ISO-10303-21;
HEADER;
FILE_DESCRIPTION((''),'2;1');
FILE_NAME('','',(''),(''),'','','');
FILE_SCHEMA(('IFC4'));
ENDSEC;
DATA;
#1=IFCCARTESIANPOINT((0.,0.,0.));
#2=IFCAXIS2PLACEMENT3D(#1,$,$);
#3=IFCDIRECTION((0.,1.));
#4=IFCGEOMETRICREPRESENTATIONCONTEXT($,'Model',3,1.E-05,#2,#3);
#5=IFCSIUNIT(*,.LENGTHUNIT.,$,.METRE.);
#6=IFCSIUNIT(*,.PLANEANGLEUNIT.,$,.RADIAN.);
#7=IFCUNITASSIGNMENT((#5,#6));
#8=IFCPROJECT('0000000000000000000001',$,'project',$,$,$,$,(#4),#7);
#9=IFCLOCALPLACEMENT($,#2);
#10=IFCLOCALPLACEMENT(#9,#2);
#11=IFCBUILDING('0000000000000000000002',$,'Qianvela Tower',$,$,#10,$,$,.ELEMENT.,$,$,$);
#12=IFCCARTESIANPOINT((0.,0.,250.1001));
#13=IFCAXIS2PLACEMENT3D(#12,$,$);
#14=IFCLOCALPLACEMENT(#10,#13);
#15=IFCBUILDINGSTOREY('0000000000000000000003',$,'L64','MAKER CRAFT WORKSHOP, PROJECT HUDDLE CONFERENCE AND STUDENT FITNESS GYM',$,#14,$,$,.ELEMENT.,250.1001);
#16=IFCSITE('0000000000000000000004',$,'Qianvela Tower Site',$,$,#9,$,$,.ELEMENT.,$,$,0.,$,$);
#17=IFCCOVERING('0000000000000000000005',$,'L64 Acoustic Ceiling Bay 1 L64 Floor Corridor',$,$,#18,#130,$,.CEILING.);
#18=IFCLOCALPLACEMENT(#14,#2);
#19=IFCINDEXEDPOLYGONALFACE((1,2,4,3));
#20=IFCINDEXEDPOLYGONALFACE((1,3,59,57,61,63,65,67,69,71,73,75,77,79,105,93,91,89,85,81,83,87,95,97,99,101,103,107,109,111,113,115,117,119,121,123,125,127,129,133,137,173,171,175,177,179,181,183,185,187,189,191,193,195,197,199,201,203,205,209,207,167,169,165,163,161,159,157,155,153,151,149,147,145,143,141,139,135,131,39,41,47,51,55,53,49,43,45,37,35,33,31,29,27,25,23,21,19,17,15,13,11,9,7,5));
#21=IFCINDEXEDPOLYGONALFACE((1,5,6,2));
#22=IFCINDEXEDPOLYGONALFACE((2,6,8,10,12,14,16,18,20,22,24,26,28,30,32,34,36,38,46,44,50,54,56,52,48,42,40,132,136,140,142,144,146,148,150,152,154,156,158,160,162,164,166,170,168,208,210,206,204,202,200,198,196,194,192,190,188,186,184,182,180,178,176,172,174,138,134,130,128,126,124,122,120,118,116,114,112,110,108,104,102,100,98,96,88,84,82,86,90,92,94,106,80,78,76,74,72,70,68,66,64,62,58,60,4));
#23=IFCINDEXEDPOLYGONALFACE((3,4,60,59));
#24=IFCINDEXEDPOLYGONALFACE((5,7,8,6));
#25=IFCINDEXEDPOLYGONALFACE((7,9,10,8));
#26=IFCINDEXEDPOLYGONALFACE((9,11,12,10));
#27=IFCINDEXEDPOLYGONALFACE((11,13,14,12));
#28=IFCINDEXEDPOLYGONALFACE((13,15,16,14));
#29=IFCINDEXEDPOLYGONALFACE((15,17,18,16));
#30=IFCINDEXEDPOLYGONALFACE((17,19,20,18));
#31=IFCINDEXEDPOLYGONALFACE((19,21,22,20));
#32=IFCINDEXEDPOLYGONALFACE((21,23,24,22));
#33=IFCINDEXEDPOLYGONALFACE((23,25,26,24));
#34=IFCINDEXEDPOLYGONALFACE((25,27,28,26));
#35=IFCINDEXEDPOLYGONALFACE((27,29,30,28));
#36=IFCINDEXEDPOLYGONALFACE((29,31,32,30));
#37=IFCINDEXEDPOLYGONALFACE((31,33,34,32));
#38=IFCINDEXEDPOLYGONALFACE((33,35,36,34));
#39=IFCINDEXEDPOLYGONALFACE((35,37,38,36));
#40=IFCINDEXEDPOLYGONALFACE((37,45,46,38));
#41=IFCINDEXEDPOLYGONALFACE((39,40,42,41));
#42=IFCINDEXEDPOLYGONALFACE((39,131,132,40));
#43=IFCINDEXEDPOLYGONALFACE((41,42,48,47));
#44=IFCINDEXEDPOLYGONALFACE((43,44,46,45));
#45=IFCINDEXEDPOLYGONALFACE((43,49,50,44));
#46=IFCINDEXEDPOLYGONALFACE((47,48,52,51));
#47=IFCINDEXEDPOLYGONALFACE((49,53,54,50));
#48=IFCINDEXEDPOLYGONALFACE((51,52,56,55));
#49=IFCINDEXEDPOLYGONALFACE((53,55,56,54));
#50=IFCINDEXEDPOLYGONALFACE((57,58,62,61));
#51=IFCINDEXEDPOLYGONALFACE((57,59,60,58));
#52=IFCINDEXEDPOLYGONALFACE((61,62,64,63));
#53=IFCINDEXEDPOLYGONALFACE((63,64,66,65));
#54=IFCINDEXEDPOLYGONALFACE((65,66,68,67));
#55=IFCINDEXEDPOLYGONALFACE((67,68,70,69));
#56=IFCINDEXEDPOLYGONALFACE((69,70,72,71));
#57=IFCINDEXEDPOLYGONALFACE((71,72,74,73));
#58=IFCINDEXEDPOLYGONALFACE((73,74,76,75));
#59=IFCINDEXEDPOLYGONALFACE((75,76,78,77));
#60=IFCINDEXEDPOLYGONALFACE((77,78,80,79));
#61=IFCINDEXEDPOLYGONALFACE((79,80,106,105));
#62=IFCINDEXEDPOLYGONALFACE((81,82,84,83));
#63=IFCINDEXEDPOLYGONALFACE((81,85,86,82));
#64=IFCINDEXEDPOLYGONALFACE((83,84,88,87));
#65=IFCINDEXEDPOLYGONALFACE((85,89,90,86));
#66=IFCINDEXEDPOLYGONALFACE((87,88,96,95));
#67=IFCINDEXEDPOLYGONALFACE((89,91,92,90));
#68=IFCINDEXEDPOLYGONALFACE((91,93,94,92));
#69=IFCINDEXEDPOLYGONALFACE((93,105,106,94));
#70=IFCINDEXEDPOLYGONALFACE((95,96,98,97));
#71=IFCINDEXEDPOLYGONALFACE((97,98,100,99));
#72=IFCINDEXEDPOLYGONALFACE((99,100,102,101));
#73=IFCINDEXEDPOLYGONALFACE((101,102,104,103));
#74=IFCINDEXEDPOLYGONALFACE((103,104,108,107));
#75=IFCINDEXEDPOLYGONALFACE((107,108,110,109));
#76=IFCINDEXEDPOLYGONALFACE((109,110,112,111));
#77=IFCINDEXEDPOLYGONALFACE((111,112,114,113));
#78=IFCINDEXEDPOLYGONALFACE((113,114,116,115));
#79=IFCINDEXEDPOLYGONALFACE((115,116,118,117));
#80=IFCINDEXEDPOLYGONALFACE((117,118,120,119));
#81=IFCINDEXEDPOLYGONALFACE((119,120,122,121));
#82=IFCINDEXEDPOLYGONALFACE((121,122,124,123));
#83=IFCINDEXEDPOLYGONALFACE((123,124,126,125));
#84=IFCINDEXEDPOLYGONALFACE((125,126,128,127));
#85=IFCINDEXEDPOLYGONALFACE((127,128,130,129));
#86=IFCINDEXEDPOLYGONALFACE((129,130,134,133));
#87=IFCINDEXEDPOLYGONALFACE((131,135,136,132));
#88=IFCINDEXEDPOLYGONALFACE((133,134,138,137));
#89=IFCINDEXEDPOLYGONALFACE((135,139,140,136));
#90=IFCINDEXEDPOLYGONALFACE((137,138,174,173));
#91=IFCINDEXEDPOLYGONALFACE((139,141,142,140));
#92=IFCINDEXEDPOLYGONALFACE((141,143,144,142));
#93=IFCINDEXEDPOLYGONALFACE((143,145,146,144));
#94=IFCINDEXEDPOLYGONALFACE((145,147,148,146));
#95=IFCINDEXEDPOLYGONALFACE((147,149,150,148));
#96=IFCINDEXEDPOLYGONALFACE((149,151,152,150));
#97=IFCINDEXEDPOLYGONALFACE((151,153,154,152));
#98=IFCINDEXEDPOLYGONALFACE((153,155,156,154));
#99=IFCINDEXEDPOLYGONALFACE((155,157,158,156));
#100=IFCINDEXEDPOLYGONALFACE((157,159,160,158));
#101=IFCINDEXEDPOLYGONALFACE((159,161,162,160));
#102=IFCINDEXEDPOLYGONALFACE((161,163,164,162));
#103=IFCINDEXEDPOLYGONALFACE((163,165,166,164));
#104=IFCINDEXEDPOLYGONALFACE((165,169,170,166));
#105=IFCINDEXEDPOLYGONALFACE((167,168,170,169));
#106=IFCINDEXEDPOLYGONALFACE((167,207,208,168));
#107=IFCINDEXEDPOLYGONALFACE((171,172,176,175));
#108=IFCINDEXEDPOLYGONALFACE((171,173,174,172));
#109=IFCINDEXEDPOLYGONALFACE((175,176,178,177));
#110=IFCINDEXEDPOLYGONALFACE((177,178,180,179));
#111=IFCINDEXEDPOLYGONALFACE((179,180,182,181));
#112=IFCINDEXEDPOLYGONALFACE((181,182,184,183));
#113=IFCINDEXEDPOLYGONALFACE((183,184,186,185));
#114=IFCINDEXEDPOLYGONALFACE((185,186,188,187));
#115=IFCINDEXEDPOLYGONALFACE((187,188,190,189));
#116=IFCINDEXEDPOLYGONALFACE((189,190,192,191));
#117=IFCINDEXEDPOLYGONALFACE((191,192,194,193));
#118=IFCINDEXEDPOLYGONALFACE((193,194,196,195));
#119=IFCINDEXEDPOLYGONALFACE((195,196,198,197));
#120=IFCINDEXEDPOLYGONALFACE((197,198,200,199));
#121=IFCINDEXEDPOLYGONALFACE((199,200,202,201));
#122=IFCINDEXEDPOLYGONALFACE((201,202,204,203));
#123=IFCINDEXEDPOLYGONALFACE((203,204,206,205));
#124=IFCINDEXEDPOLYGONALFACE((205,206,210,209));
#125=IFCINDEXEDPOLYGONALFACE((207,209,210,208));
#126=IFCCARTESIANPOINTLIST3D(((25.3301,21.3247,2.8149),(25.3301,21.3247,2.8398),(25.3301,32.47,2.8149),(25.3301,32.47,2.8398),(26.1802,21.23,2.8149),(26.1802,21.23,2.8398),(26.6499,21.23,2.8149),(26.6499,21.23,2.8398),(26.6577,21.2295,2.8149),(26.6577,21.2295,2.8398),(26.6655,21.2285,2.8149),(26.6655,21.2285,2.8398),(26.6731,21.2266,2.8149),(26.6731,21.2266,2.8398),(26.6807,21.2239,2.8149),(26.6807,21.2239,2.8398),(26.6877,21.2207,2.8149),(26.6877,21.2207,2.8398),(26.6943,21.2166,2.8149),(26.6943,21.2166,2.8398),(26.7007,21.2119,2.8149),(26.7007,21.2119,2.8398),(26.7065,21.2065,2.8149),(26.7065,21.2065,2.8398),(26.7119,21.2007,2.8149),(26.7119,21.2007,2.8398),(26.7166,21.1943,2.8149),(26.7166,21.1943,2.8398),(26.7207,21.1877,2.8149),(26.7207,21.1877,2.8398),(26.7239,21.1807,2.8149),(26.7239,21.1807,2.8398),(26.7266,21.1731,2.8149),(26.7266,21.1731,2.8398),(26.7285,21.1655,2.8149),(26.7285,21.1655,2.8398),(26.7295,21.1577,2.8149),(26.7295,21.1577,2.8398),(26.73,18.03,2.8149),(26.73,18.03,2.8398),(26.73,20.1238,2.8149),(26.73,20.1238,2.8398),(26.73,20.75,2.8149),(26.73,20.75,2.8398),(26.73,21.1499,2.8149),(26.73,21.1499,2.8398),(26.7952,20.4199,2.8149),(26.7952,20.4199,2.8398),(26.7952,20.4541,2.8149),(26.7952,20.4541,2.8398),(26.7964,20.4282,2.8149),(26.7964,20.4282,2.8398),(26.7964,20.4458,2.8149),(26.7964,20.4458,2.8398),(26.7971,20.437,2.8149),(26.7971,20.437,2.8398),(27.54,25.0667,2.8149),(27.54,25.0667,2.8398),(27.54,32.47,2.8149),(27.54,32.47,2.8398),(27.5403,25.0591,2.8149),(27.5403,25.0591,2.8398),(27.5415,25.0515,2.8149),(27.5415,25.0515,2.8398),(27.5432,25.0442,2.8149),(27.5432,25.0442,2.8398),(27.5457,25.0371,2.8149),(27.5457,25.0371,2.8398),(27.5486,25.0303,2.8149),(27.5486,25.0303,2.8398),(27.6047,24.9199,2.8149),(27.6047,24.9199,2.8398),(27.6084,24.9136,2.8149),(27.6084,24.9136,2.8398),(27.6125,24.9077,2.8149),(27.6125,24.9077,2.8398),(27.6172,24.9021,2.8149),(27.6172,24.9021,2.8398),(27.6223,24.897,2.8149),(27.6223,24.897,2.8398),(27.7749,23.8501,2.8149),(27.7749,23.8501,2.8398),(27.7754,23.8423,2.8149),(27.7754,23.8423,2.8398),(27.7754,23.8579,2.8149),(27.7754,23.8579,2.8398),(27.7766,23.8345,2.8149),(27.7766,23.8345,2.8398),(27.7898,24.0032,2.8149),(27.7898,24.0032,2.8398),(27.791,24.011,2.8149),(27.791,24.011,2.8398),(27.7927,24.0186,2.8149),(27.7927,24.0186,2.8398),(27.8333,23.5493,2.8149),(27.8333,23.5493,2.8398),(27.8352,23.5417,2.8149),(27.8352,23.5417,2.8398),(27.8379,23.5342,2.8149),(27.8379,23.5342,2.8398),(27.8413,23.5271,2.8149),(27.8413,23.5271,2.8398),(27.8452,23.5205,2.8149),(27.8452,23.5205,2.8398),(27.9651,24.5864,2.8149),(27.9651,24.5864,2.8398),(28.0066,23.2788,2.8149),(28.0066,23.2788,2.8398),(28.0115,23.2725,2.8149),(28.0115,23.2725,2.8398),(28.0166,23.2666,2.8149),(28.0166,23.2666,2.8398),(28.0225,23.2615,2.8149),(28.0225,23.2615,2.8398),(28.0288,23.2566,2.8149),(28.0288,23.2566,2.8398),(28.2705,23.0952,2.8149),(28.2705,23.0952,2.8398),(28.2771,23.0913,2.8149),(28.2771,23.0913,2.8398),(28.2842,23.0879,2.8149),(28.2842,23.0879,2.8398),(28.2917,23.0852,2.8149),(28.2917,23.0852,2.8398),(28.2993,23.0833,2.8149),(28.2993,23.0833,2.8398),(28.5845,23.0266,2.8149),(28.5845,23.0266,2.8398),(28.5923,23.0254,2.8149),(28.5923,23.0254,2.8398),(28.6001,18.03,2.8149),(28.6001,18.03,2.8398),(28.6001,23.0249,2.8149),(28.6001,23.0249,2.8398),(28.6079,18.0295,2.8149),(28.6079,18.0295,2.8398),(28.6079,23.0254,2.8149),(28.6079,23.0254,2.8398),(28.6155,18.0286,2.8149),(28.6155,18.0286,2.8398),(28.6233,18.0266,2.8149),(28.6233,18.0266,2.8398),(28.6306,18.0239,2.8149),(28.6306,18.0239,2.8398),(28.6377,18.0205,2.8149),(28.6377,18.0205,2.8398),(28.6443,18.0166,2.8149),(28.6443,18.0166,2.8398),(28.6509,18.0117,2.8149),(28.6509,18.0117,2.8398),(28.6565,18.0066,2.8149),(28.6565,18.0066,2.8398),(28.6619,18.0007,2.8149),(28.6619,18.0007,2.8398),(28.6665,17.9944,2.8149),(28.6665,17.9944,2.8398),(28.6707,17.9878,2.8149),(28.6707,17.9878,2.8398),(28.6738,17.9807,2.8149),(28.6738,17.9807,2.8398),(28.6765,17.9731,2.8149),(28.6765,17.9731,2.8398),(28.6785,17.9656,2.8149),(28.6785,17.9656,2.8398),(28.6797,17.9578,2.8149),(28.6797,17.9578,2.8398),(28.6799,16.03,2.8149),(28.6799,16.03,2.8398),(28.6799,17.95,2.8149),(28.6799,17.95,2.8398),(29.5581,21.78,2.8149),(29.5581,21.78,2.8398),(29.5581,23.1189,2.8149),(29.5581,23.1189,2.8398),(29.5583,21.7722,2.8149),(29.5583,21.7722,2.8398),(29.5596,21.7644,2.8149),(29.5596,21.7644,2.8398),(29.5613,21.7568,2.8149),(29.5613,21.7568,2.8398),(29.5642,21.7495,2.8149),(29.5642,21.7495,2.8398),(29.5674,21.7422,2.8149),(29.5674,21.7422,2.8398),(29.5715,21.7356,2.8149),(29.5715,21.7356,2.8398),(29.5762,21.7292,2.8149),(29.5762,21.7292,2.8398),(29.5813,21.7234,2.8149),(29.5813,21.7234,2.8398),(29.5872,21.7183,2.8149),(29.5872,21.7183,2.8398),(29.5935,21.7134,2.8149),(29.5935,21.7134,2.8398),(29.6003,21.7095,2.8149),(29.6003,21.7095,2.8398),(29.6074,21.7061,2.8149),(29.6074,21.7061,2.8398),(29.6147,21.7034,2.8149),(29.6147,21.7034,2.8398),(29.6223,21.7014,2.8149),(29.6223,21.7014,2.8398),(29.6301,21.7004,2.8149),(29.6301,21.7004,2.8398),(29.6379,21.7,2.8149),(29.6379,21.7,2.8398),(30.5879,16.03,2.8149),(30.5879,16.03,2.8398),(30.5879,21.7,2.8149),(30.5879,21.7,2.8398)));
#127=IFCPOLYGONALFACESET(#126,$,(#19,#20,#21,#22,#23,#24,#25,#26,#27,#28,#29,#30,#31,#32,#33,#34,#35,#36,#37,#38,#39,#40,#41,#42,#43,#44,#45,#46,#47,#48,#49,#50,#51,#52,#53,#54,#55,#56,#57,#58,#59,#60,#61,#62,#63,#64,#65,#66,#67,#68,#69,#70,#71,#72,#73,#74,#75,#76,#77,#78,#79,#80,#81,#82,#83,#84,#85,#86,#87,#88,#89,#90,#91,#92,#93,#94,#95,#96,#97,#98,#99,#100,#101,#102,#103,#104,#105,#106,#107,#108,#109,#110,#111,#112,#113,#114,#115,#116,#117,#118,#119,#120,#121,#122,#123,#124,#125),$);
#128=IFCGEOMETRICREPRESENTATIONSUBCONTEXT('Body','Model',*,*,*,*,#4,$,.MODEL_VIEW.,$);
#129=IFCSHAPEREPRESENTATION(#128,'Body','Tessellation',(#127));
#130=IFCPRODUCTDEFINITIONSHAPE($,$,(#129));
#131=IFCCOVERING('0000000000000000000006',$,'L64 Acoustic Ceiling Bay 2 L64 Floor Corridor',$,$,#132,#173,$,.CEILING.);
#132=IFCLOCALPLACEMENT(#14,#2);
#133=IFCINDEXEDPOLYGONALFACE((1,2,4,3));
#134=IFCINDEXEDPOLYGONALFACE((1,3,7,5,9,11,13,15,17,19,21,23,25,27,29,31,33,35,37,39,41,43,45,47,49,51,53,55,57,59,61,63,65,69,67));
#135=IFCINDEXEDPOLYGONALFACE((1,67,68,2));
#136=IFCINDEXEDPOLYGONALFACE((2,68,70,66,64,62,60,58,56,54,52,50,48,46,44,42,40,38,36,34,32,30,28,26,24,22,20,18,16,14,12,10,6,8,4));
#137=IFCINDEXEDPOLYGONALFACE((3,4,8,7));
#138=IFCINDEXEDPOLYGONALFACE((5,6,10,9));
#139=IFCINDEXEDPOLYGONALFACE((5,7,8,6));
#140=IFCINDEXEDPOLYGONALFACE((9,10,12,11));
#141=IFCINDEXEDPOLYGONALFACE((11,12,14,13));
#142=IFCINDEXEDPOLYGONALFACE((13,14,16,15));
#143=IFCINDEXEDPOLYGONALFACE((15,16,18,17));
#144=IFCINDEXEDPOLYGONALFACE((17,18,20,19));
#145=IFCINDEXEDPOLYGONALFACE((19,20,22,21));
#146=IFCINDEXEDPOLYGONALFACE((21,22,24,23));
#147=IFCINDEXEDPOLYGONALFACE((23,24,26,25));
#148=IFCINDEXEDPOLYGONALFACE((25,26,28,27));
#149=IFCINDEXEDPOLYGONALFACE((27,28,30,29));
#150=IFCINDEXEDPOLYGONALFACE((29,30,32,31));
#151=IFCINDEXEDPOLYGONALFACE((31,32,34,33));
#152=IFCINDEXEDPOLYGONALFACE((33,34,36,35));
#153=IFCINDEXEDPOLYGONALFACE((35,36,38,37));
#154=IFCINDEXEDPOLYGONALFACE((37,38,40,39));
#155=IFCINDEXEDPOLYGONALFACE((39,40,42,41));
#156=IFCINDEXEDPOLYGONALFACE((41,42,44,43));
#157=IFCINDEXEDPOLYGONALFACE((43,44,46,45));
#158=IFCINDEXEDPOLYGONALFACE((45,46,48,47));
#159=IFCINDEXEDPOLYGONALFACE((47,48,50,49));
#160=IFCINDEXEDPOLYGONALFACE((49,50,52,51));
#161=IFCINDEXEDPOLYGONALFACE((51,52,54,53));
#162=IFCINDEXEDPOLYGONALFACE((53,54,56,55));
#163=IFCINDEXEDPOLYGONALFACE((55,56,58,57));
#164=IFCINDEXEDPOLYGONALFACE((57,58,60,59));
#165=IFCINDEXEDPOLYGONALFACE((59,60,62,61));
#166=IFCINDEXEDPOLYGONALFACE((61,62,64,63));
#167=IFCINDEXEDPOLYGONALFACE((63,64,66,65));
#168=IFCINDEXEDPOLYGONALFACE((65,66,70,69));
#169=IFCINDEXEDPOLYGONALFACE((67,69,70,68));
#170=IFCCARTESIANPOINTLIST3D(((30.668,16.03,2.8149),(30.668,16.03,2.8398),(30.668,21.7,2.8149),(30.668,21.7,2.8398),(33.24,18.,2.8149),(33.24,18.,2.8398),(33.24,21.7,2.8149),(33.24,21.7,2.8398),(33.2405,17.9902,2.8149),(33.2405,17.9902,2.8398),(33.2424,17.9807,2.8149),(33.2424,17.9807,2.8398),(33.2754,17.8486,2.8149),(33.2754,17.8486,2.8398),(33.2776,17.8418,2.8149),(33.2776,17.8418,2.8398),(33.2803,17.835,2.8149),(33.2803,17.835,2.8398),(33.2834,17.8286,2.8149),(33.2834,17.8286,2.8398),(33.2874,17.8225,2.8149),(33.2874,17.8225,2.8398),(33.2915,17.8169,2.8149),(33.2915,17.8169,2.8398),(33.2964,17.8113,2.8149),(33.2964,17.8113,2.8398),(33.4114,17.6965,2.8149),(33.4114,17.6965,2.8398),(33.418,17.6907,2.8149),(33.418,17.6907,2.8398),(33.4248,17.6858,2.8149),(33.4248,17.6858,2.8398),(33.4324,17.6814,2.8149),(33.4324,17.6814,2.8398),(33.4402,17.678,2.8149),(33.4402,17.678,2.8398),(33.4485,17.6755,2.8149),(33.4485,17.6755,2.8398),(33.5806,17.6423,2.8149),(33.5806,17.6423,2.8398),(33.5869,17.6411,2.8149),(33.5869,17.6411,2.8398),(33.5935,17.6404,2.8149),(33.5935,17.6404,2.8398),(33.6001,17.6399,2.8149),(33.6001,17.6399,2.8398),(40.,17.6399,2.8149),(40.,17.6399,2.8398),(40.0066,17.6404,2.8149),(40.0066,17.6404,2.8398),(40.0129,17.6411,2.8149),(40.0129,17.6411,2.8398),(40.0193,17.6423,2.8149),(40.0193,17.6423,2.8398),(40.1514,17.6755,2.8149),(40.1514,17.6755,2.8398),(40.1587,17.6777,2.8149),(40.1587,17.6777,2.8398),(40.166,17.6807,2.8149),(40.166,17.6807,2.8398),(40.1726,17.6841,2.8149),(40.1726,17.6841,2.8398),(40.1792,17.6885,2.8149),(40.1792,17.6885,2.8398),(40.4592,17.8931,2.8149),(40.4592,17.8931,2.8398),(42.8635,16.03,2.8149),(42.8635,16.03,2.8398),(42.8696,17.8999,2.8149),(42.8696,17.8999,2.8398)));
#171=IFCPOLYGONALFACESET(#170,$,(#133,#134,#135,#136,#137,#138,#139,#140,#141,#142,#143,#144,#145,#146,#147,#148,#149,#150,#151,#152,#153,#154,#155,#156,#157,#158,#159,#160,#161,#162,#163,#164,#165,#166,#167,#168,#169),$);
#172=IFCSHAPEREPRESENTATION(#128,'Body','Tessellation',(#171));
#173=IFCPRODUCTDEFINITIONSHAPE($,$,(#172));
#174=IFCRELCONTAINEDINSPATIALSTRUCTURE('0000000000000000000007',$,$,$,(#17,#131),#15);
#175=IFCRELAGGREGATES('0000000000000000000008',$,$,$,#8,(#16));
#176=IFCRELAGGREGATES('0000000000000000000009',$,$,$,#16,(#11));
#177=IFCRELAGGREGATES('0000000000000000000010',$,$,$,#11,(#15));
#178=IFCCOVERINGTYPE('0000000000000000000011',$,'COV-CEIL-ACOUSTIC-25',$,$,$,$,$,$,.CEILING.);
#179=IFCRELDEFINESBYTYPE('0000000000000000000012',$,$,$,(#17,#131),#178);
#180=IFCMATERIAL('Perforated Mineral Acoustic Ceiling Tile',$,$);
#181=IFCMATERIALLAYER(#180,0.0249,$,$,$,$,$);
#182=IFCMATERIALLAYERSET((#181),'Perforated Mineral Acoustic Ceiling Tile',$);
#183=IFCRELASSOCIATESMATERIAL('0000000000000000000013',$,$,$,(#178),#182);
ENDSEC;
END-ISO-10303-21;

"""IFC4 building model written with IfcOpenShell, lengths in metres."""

from ifc_helpers import new_model, si_unit, direction, frame, origin, place, context, subcontext, project, spatial, polyline, outline, extrude, material, layer, layer_set, type_object, element, save


model = new_model("IFC4")

# Units and contexts
model_context = context("Model", 3, precision=1e-05, world=origin(), true_north=direction((0.0, 1.0)))
body_context = subcontext(model_context, "Body", "Model", "MODEL_VIEW")
ifc_project = project(units=[si_unit("LENGTHUNIT", "METRE"), si_unit("PLANEANGLEUNIT", "RADIAN")], contexts=[model_context])

# Site, building, storey
site_placement = place(None, origin())
site = spatial("IfcSite", under=ifc_project, at=site_placement, Name="Qianvela Tower Site", CompositionType="ELEMENT", RefElevation=0.0)
building_placement = place(site_placement, origin())
building = spatial("IfcBuilding", under=site, at=building_placement, Name="Qianvela Tower", CompositionType="ELEMENT")
storey_placement = place(building_placement, frame((0.0, 0.0, 250.1001)))
storey = spatial("IfcBuildingStorey", under=building, at=storey_placement, Name="L64", Description="MAKER CRAFT WORKSHOP, PROJECT HUDDLE CONFERENCE AND STUDENT FITNESS GYM", CompositionType="ELEMENT", Elevation=250.1001)

# Coverings
ifc_material_1 = material(Name="Perforated Mineral Acoustic Ceiling Tile")
ifc_layer_1 = layer(ifc_material_1, 0.0249)
ifc_layer_set_1 = layer_set([ifc_layer_1], Name="Perforated Mineral Acoustic Ceiling Tile")
covering_type_1 = type_object("IfcCoveringType", Name="COV-CEIL-ACOUSTIC-25", PredefinedType="CEILING", material=ifc_layer_set_1)
covering_1_placement = place(storey_placement, frame((0.0, 0.0, 2.8149)))
element("IfcCovering", 1, at=covering_1_placement, inside=storey, type_object=covering_type_1, Name="L64 Acoustic Ceiling Bay 1 L64 Floor Corridor", PredefinedType="CEILING", context=body_context, shape_type="SweptSolid", body=[
    extrude(outline(polyline([(27.791, 24.011), (27.7898, 24.0032), (27.7754, 23.8579), (27.7749, 23.8501), (27.7754, 23.8423), (27.7766, 23.8345), (27.8333, 23.5493), (27.8352, 23.5417), (27.8379, 23.5342), (27.8413, 23.5271), (27.8452, 23.5205), (28.0066, 23.2788), (28.0115, 23.2725), (28.0166, 23.2666), (28.0225, 23.2615), (28.0288, 23.2566), (28.2705, 23.0952), (28.2771, 23.0913), (28.2842, 23.0879), (28.2917, 23.0852), (28.2993, 23.0833), (28.5845, 23.0266), (28.5923, 23.0254), (28.6001, 23.0249), (28.6079, 23.0254), (29.5581, 23.1189), (29.5581, 21.78), (29.5583, 21.7722), (29.5596, 21.7644), (29.5613, 21.7568), (29.5642, 21.7495), (29.5674, 21.7422), (29.5715, 21.7356), (29.5762, 21.7292), (29.5813, 21.7234), (29.5872, 21.7183), (29.5935, 21.7134), (29.6003, 21.7095), (29.6074, 21.7061), (29.6147, 21.7034), (29.6223, 21.7014), (29.6301, 21.7004), (29.6379, 21.7), (30.5879, 21.7), (30.5879, 16.03), (28.6799, 16.03), (28.6799, 17.95), (28.6797, 17.9578), (28.6785, 17.9656), (28.6765, 17.9731), (28.6738, 17.9807), (28.6707, 17.9878), (28.6665, 17.9944), (28.6619, 18.0007), (28.6565, 18.0066), (28.6509, 18.0117), (28.6443, 18.0166), (28.6377, 18.0205), (28.6306, 18.0239), (28.6233, 18.0266), (28.6155, 18.0286), (28.6079, 18.0295), (28.6001, 18.03), (26.73, 18.03), (26.73, 20.1238), (26.7952, 20.4199), (26.7964, 20.4282), (26.7971, 20.437), (26.7964, 20.4458), (26.7952, 20.4541), (26.73, 20.75), (26.73, 21.1499), (26.7295, 21.1577), (26.7285, 21.1655), (26.7266, 21.1731), (26.7239, 21.1807), (26.7207, 21.1877), (26.7166, 21.1943), (26.7119, 21.2007), (26.7065, 21.2065), (26.7007, 21.2119), (26.6943, 21.2166), (26.6877, 21.2207), (26.6807, 21.2239), (26.6731, 21.2266), (26.6655, 21.2285), (26.6577, 21.2295), (26.6499, 21.23), (26.1802, 21.23), (25.3301, 21.3247), (25.3301, 32.47), (27.54, 32.47), (27.54, 25.0667), (27.5403, 25.0591), (27.5415, 25.0515), (27.5432, 25.0442), (27.5457, 25.0371), (27.5486, 25.0303), (27.6047, 24.9199), (27.6084, 24.9136), (27.6125, 24.9077), (27.6172, 24.9021), (27.6223, 24.897), (27.9651, 24.5864), (27.7927, 24.0186), (27.791, 24.011)])), origin(), (0.0, 0.0, 1.0), 0.0249),
])
covering_2_placement = place(storey_placement, frame((0.0, 0.0, 2.8149)))
element("IfcCovering", 2, at=covering_2_placement, inside=storey, type_object=covering_type_1, Name="L64 Acoustic Ceiling Bay 2 L64 Floor Corridor", PredefinedType="CEILING", context=body_context, shape_type="SweptSolid", body=[
    extrude(outline(polyline([(33.24, 21.7), (33.24, 18.0), (33.2405, 17.9902), (33.2424, 17.9807), (33.2754, 17.8486), (33.2776, 17.8418), (33.2803, 17.835), (33.2834, 17.8286), (33.2874, 17.8225), (33.2915, 17.8169), (33.2964, 17.8113), (33.4114, 17.6965), (33.418, 17.6907), (33.4248, 17.6858), (33.4324, 17.6814), (33.4402, 17.678), (33.4485, 17.6755), (33.5806, 17.6423), (33.5869, 17.6411), (33.5935, 17.6404), (33.6001, 17.6399), (40.0, 17.6399), (40.0066, 17.6404), (40.0129, 17.6411), (40.0193, 17.6423), (40.1514, 17.6755), (40.1587, 17.6777), (40.166, 17.6807), (40.1726, 17.6841), (40.1792, 17.6885), (40.4592, 17.8931), (42.8696, 17.8999), (42.8635, 16.03), (30.668, 16.03), (30.668, 21.7), (33.24, 21.7)])), origin(), (0.0, 0.0, 1.0), 0.0249),
])

save(model, "model.ifc")
